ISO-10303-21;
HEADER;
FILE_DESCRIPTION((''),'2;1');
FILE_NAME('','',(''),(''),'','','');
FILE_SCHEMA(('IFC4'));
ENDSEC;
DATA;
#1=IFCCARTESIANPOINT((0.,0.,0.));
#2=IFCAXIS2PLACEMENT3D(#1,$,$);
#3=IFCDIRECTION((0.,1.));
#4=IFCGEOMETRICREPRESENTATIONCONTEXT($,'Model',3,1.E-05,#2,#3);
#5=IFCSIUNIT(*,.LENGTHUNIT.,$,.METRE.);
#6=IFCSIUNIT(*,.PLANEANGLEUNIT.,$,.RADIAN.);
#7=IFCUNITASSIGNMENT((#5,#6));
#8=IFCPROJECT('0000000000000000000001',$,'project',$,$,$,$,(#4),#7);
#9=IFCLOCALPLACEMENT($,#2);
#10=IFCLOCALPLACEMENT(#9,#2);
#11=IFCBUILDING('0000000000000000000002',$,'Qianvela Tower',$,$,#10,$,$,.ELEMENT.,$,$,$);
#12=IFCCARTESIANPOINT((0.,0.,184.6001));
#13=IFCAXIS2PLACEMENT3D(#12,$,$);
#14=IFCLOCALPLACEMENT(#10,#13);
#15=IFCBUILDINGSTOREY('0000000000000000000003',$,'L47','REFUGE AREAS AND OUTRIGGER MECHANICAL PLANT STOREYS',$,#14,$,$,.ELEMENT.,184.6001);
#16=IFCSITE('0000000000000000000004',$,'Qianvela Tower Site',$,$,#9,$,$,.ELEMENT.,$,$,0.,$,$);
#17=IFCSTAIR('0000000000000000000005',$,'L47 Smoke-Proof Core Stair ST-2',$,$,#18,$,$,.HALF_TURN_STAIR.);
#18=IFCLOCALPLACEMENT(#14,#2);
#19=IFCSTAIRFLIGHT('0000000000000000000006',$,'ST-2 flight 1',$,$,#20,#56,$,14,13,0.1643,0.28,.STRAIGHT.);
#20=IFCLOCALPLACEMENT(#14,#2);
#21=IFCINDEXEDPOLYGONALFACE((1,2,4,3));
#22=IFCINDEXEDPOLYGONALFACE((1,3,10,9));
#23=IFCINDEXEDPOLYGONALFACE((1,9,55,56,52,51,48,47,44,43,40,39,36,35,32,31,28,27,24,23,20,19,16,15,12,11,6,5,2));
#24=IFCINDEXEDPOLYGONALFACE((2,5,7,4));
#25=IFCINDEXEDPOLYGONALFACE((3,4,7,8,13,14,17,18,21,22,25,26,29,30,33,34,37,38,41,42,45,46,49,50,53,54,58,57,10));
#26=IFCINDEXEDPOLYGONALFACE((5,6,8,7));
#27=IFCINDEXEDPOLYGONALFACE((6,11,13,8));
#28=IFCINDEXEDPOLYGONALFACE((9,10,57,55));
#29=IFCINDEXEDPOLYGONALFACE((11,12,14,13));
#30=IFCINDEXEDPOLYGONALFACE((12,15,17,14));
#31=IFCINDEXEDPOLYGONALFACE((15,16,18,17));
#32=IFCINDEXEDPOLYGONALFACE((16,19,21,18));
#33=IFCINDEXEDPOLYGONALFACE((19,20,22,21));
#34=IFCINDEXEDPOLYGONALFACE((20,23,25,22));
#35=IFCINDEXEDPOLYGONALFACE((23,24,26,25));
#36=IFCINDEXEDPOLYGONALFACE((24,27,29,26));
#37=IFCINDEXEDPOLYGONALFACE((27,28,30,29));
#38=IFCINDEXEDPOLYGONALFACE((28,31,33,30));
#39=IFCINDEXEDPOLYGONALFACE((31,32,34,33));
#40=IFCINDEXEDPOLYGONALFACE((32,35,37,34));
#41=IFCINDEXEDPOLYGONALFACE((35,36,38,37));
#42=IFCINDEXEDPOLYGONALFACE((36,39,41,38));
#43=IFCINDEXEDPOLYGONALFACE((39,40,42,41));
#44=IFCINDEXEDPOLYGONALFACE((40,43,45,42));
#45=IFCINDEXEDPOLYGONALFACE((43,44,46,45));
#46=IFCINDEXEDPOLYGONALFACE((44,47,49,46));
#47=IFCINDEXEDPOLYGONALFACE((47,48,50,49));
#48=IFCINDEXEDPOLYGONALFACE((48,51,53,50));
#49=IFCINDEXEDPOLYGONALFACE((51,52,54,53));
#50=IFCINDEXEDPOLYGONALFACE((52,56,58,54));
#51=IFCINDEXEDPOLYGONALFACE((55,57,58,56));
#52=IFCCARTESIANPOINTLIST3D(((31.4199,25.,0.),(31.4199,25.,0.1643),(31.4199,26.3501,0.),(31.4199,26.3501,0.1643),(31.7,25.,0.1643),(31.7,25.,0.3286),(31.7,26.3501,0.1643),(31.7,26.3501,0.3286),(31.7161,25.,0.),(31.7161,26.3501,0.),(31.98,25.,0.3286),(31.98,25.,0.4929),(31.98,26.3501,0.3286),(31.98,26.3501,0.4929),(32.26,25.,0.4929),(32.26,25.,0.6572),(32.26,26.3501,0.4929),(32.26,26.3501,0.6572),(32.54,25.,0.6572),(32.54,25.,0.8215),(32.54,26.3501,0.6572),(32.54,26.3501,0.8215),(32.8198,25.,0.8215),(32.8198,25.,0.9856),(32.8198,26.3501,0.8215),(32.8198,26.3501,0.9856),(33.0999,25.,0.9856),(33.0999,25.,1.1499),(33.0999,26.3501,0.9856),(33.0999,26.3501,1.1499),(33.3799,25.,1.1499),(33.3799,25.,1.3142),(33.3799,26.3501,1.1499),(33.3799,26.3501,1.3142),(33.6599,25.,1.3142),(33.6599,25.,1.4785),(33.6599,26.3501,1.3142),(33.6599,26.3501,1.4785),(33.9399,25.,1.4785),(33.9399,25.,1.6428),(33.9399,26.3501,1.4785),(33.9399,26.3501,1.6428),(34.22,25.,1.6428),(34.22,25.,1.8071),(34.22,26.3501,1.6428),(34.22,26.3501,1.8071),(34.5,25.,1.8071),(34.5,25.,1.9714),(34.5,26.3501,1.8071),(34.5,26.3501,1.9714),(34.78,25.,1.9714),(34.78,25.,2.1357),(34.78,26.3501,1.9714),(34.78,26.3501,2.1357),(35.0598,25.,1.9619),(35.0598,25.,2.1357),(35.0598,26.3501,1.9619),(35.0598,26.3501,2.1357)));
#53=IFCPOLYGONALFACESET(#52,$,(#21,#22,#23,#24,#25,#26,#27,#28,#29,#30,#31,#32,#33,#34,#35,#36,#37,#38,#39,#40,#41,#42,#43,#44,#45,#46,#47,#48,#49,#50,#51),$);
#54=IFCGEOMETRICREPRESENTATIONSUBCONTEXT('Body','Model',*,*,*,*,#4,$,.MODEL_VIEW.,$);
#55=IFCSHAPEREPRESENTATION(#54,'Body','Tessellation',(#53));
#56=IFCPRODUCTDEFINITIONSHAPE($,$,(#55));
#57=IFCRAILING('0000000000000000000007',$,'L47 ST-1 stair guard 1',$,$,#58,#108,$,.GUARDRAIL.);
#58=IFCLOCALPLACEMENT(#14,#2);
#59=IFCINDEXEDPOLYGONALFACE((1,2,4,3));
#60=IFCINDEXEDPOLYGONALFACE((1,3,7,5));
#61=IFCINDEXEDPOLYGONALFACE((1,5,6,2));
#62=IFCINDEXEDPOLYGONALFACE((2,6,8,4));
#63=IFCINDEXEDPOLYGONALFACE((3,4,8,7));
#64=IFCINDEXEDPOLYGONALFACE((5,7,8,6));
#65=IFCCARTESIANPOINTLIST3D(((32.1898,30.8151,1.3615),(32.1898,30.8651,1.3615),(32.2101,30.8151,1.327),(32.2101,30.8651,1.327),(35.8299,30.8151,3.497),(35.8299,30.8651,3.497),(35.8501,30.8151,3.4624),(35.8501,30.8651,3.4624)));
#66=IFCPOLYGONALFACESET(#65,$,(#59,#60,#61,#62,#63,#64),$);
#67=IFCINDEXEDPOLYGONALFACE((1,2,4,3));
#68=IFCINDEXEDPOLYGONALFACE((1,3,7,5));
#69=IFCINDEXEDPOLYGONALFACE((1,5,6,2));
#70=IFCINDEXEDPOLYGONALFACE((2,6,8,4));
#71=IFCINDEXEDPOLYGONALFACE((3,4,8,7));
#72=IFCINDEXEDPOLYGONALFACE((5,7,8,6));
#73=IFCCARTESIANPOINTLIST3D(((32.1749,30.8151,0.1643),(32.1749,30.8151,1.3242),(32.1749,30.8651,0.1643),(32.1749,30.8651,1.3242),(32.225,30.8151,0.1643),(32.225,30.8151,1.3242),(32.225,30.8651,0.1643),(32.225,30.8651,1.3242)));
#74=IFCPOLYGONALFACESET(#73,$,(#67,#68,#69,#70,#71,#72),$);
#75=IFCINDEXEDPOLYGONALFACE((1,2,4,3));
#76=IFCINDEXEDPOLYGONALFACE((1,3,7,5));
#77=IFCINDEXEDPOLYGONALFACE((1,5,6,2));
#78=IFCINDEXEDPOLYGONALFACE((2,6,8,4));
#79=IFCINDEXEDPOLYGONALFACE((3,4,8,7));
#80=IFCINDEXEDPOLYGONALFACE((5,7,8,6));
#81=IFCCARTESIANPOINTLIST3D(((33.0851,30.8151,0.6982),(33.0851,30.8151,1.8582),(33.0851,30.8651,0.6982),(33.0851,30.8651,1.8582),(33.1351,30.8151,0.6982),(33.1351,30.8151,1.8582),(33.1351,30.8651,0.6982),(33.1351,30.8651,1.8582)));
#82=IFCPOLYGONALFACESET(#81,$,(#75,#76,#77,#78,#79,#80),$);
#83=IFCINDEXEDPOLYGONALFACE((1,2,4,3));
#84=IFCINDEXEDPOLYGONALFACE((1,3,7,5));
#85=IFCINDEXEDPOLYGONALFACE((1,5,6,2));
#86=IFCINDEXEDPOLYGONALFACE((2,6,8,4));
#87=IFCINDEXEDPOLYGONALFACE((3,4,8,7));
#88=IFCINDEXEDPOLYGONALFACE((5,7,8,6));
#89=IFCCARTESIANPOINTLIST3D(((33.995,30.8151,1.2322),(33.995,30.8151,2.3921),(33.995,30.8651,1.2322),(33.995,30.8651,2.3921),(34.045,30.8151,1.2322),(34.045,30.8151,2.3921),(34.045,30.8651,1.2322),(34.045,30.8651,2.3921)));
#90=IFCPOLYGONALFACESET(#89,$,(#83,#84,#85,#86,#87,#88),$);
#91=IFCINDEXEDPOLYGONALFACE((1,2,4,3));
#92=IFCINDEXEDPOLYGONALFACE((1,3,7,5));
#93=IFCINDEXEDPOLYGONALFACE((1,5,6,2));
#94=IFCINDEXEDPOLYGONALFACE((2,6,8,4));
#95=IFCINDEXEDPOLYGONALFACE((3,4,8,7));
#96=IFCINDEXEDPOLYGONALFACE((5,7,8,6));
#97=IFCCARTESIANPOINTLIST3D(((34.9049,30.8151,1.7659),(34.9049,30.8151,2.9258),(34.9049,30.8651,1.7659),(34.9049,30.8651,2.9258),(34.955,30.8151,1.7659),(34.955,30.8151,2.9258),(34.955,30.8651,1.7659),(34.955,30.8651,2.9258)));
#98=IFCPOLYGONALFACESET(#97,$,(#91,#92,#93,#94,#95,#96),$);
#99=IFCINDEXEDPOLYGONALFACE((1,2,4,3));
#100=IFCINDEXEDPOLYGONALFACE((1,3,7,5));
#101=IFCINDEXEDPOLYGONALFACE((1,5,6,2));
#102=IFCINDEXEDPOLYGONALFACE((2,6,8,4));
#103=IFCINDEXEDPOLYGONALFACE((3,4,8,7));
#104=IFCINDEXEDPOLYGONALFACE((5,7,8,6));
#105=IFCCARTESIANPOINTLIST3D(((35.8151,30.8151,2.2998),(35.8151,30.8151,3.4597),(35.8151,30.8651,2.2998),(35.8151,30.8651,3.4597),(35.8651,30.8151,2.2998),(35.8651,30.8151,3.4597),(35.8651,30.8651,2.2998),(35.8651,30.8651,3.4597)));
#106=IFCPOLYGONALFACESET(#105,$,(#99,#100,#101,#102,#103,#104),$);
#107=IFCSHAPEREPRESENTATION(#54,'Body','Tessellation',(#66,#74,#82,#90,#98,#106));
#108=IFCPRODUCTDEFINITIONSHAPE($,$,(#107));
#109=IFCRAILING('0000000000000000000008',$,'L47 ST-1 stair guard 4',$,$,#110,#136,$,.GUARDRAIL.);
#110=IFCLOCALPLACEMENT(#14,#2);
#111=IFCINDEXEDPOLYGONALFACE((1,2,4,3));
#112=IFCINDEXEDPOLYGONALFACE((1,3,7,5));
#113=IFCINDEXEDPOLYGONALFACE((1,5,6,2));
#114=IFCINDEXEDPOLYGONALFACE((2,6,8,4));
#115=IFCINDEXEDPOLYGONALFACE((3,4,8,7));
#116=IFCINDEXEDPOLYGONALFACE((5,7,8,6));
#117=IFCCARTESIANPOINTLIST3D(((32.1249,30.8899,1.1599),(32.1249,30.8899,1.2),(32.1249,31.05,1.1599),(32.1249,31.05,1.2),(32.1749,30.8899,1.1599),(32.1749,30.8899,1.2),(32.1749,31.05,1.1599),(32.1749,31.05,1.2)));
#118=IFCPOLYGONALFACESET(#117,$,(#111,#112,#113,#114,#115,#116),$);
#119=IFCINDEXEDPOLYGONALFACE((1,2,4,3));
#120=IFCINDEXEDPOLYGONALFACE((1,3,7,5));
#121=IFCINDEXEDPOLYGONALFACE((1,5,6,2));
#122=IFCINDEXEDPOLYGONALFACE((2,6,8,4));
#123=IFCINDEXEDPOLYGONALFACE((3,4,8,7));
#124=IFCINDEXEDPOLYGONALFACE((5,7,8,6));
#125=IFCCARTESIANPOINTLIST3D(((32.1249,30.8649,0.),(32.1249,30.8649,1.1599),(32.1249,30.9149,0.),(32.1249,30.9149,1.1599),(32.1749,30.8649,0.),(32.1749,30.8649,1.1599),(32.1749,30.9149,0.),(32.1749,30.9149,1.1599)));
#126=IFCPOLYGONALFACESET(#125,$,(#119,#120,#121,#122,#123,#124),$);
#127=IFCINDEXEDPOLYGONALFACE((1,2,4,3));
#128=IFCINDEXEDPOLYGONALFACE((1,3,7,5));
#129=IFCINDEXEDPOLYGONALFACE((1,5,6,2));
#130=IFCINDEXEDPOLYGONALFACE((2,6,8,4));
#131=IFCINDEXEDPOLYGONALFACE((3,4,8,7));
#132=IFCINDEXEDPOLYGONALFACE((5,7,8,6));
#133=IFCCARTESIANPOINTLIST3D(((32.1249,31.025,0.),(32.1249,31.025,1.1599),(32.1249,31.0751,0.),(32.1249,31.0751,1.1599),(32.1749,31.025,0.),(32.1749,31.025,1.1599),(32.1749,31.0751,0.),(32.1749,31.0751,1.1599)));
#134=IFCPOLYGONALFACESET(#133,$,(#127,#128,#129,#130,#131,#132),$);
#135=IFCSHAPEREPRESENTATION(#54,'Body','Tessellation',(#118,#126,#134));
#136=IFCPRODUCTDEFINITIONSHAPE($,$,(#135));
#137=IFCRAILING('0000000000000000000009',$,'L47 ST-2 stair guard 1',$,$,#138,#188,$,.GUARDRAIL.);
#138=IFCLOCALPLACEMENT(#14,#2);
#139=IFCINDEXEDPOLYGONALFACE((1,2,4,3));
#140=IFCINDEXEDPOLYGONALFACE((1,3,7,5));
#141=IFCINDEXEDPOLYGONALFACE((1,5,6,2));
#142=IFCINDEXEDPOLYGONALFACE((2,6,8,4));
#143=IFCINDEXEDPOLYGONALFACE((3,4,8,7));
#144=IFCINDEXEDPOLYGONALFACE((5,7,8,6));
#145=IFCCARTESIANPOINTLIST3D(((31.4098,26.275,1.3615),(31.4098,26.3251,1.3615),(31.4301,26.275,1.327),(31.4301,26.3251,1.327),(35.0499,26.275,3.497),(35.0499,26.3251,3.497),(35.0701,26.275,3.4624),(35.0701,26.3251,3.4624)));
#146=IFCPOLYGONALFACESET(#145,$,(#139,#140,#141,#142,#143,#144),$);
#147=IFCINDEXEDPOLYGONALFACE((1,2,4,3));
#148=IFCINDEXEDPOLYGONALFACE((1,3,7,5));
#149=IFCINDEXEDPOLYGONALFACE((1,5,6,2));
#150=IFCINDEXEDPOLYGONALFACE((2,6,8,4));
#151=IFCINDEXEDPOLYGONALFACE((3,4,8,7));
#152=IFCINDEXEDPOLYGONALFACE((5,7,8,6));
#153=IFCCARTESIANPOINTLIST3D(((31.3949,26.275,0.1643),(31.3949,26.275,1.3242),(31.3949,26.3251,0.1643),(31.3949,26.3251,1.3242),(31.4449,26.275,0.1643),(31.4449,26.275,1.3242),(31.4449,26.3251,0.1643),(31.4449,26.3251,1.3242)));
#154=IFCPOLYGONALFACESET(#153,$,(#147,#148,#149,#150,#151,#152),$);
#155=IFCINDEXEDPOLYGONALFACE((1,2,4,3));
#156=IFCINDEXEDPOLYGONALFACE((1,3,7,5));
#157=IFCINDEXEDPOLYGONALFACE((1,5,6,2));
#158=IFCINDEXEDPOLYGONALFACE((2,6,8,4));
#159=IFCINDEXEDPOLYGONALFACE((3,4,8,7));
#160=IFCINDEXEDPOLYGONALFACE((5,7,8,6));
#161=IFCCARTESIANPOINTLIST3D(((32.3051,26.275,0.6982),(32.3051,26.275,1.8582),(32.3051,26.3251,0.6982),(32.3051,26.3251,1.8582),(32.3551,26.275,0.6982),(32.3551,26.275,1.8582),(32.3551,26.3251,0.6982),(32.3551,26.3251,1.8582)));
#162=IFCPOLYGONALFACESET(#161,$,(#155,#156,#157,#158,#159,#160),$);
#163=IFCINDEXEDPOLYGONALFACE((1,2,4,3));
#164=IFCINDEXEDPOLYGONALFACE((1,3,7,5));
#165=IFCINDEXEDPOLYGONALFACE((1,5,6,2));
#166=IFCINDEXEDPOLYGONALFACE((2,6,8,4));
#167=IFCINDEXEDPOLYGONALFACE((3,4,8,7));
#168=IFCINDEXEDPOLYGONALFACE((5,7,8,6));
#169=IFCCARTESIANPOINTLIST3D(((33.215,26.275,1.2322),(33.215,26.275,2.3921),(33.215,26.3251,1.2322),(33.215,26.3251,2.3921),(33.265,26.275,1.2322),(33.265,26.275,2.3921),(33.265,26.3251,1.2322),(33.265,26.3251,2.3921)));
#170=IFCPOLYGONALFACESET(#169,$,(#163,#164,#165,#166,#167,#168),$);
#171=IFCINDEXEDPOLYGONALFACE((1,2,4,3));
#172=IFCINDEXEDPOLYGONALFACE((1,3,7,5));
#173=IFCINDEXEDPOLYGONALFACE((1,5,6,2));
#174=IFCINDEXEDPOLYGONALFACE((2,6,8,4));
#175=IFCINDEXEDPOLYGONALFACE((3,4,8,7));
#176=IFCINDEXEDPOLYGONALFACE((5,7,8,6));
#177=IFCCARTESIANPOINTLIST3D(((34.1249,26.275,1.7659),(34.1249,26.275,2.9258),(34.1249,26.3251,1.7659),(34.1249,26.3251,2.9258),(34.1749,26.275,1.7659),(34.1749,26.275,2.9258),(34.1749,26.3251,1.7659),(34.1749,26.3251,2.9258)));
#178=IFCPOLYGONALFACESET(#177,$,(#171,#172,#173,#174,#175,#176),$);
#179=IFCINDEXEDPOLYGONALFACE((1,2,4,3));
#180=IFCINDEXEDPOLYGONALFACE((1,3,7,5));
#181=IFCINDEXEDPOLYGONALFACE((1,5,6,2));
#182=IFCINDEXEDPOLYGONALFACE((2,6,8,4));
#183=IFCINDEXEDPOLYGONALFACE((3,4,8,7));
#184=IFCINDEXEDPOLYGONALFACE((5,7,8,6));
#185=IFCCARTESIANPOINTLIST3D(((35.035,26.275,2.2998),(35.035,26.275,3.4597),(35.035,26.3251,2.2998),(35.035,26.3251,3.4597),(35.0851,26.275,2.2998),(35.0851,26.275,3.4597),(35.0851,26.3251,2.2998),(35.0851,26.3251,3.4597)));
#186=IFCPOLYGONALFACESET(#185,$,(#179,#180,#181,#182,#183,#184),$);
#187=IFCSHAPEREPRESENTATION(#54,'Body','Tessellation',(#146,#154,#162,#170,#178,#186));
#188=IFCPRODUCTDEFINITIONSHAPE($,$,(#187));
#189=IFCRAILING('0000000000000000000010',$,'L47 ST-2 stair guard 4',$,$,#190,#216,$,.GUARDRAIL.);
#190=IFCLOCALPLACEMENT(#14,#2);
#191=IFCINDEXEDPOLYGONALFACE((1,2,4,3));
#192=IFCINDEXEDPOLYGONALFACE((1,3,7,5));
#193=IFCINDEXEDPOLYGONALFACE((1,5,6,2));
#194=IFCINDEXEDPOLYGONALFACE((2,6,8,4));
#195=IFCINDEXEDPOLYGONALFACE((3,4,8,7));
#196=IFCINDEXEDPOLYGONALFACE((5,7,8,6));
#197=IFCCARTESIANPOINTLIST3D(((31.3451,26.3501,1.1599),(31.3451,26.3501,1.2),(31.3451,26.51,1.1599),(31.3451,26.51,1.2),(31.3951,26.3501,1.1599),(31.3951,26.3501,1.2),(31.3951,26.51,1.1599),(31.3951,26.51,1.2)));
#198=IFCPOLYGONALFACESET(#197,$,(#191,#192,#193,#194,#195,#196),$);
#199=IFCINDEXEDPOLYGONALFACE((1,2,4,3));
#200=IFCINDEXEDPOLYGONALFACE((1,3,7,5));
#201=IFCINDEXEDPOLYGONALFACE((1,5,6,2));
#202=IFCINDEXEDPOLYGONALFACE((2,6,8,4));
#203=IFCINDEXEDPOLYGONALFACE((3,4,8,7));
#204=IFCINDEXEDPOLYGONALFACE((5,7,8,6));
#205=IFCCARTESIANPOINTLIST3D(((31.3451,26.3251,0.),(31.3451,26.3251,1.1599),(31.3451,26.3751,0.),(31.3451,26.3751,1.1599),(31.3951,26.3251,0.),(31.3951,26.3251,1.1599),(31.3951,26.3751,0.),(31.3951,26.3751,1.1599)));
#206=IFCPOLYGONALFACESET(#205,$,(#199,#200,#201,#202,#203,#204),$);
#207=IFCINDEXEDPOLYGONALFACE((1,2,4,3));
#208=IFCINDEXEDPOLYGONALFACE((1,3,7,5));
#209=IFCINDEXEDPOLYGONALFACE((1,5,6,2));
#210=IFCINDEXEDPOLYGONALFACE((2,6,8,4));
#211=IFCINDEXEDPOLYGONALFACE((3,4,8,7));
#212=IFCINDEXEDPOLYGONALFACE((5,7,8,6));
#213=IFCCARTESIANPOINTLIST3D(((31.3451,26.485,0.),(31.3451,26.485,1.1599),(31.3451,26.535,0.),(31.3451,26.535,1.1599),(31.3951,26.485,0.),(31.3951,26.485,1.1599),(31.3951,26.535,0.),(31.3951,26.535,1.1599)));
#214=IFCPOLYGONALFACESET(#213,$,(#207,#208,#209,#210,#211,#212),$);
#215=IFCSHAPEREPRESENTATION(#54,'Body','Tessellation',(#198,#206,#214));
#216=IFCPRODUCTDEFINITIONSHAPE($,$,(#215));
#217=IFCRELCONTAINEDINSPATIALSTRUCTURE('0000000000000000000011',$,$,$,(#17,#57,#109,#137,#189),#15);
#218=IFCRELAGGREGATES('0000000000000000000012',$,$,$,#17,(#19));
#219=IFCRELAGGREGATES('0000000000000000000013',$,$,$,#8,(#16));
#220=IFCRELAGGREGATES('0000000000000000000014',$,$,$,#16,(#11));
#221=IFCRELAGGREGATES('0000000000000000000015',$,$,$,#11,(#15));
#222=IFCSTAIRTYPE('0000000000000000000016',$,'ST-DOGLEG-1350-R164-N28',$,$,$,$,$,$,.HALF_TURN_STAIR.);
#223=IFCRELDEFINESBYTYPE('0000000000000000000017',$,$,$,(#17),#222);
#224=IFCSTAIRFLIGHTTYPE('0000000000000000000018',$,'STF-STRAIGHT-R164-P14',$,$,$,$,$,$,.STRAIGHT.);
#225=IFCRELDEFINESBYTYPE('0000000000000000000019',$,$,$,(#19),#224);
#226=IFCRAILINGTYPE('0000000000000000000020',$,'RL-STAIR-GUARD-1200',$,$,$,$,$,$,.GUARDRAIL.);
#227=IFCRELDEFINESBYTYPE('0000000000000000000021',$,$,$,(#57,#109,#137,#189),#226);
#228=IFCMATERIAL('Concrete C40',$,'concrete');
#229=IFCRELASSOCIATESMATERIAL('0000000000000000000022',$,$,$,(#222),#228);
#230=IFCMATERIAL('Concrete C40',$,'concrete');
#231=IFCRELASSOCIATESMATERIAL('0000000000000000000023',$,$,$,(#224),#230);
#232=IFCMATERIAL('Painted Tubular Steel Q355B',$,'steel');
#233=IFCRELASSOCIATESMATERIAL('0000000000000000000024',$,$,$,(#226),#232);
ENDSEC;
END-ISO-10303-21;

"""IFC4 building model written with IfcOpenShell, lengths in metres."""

from ifc_helpers import new_model, si_unit, direction, frame, origin, origin_2d, place, context, subcontext, project, spatial, polyline, rectangle, outline, extrude, material, type_object, element, aggregate, save


model = new_model("IFC4")

# Units and contexts
model_context = context("Model", 3, precision=1e-05, world=origin(), true_north=direction((0.0, 1.0)))
body_context = subcontext(model_context, "Body", "Model", "MODEL_VIEW")
ifc_project = project(units=[si_unit("LENGTHUNIT", "METRE"), si_unit("PLANEANGLEUNIT", "RADIAN")], contexts=[model_context])

# Site, building, storey
site_placement = place(None, origin())
site = spatial("IfcSite", under=ifc_project, at=site_placement, Name="Qianvela Tower Site", CompositionType="ELEMENT", RefElevation=0.0)
building_placement = place(site_placement, origin())
building = spatial("IfcBuilding", under=site, at=building_placement, Name="Qianvela Tower", CompositionType="ELEMENT")
storey_placement = place(building_placement, frame((0.0, 0.0, 184.6001)))
storey = spatial("IfcBuildingStorey", under=building, at=storey_placement, Name="L47", Description="REFUGE AREAS AND OUTRIGGER MECHANICAL PLANT STOREYS", CompositionType="ELEMENT", Elevation=184.6001)

# Stair, stair flight
ifc_material_1 = material(Name="Concrete C40", Category="concrete")
stair_type = type_object("IfcStairType", Name="ST-DOGLEG-1350-R164-N28", PredefinedType="HALF_TURN_STAIR", material=ifc_material_1)
ifc_material_2 = material(Name="Concrete C40", Category="concrete")
stair_flight_type = type_object("IfcStairFlightType", Name="STF-STRAIGHT-R164-P14", PredefinedType="STRAIGHT", material=ifc_material_2)
stair_1_placement = place(storey_placement, origin())
stair_1 = element("IfcStair", 1, at=stair_1_placement, inside=storey, type_object=stair_type, Name="L47 Smoke-Proof Core Stair ST-2", PredefinedType="HALF_TURN_STAIR")
stair_flight_1_placement = place(storey_placement, frame((31.4199, 25.675, 0.0), z_axis=(0.0, 0.0, 1.0), x_axis=(1.0, 0.0, 0.0)))
stair_flight_1 = element("IfcStairFlight", 2, at=stair_flight_1_placement, type_object=stair_flight_type, Name="ST-2 flight 1", NumberOfRisers=14, NumberOfTreads=13, PredefinedType="STRAIGHT", RiserHeight=0.1643, TreadLength=0.28, context=body_context, shape_type="SweptSolid", body=[
    extrude(outline(polyline([(0.0, 0.0), (0.0, 0.1643), (0.28, 0.1643), (0.28, 0.3286), (0.5601, 0.3286), (0.5601, 0.4929), (0.8401, 0.4929), (0.8401, 0.6572), (1.1201, 0.6572), (1.1201, 0.8215), (1.3999, 0.8215), (1.3999, 0.9856), (1.6799, 0.9856), (1.6799, 1.1499), (1.96, 1.1499), (1.96, 1.3142), (2.24, 1.3142), (2.24, 1.4785), (2.52, 1.4785), (2.52, 1.6428), (2.8, 1.6428), (2.8, 1.8071), (3.0801, 1.8071), (3.0801, 1.9714), (3.3601, 1.9714), (3.3601, 2.1357), (3.6399, 2.1357), (3.6399, 2.3), (3.6399, 1.9619), (0.2961, 0.0), (0.0, 0.0)])), frame((0.0, 0.675, 0.0), z_axis=(0.0, -1.0, 0.0), x_axis=(1.0, 0.0, 0.0)), (0.0, 0.0, 1.0), 1.3501),
])
aggregate(stair_1, [stair_flight_1])

# Railings
ifc_material_3 = material(Name="Painted Tubular Steel Q355B", Category="steel")
railing_type_1 = type_object("IfcRailingType", Name="RL-STAIR-GUARD-1200", PredefinedType="GUARDRAIL", material=ifc_material_3)
railing_1_placement = place(storey_placement, frame((32.2, 30.8401, 0.1643)))
element("IfcRailing", 3, at=railing_1_placement, inside=storey, type_object=railing_type_1, Name="L47 ST-1 stair guard 1", PredefinedType="GUARDRAIL", context=body_context, shape_type="SweptSolid", body=[
    extrude(rectangle(XDim=0.05, YDim=0.04, at=origin_2d()), frame((0.0, 0.0, 1.1799), z_axis=(0.86253, 0.0, 0.506006), x_axis=(0.0, 1.0, 0.0)), (0.0, 0.0, 1.0), 4.2202),
    extrude(rectangle(XDim=0.05, YDim=0.05, at=origin_2d()), origin(), (0.0, 0.0, 1.0), 1.1599),
    extrude(rectangle(XDim=0.05, YDim=0.05, at=origin_2d()), frame((0.9102, 0.0, 0.5339)), (0.0, 0.0, 1.0), 1.1599),
    extrude(rectangle(XDim=0.05, YDim=0.05, at=origin_2d()), frame((1.8201, 0.0, 1.0679)), (0.0, 0.0, 1.0), 1.1599),
    extrude(rectangle(XDim=0.05, YDim=0.05, at=origin_2d()), frame((2.73, 0.0, 1.6016)), (0.0, 0.0, 1.0), 1.1599),
    extrude(rectangle(XDim=0.05, YDim=0.05, at=origin_2d()), frame((3.6401, 0.0, 2.1355)), (0.0, 0.0, 1.0), 1.1599),
])
railing_2_placement = place(storey_placement, frame((32.1499, 30.8899, 0.0)))
element("IfcRailing", 4, at=railing_2_placement, inside=storey, type_object=railing_type_1, Name="L47 ST-1 stair guard 4", PredefinedType="GUARDRAIL", context=body_context, shape_type="SweptSolid", body=[
    extrude(rectangle(XDim=0.05, YDim=0.04, at=origin_2d()), frame((0.0, 0.0, 1.1799), z_axis=(0.0, 1.0, 0.0), x_axis=(-1.0, 0.0, 0.0)), (0.0, 0.0, 1.0), 0.1602),
    extrude(rectangle(XDim=0.05, YDim=0.05, at=origin_2d()), origin(), (0.0, 0.0, 1.0), 1.1599),
    extrude(rectangle(XDim=0.05, YDim=0.05, at=origin_2d()), frame((0.0, 0.1602, 0.0)), (0.0, 0.0, 1.0), 1.1599),
])
railing_3_placement = place(storey_placement, frame((31.4199, 26.3, 0.1643)))
element("IfcRailing", 5, at=railing_3_placement, inside=storey, type_object=railing_type_1, Name="L47 ST-2 stair guard 1", PredefinedType="GUARDRAIL", context=body_context, shape_type="SweptSolid", body=[
    extrude(rectangle(XDim=0.05, YDim=0.04, at=origin_2d()), frame((0.0, 0.0, 1.1799), z_axis=(0.86253, 0.0, 0.506006), x_axis=(0.0, 1.0, 0.0)), (0.0, 0.0, 1.0), 4.2202),
    extrude(rectangle(XDim=0.05, YDim=0.05, at=origin_2d()), origin(), (0.0, 0.0, 1.0), 1.1599),
    extrude(rectangle(XDim=0.05, YDim=0.05, at=origin_2d()), frame((0.9102, 0.0, 0.5339)), (0.0, 0.0, 1.0), 1.1599),
    extrude(rectangle(XDim=0.05, YDim=0.05, at=origin_2d()), frame((1.8201, 0.0, 1.0679)), (0.0, 0.0, 1.0), 1.1599),
    extrude(rectangle(XDim=0.05, YDim=0.05, at=origin_2d()), frame((2.73, 0.0, 1.6016)), (0.0, 0.0, 1.0), 1.1599),
    extrude(rectangle(XDim=0.05, YDim=0.05, at=origin_2d()), frame((3.6401, 0.0, 2.1355)), (0.0, 0.0, 1.0), 1.1599),
])
railing_4_placement = place(storey_placement, frame((31.3701, 26.3501, 0.0)))
element("IfcRailing", 6, at=railing_4_placement, inside=storey, type_object=railing_type_1, Name="L47 ST-2 stair guard 4", PredefinedType="GUARDRAIL", context=body_context, shape_type="SweptSolid", body=[
    extrude(rectangle(XDim=0.05, YDim=0.04, at=origin_2d()), frame((0.0, 0.0, 1.1799), z_axis=(0.0, 1.0, 0.0), x_axis=(-1.0, 0.0, 0.0)), (0.0, 0.0, 1.0), 0.1599),
    extrude(rectangle(XDim=0.05, YDim=0.05, at=origin_2d()), origin(), (0.0, 0.0, 1.0), 1.1599),
    extrude(rectangle(XDim=0.05, YDim=0.05, at=origin_2d()), frame((0.0, 0.1599, 0.0)), (0.0, 0.0, 1.0), 1.1599),
])

save(model, "model.ifc")
